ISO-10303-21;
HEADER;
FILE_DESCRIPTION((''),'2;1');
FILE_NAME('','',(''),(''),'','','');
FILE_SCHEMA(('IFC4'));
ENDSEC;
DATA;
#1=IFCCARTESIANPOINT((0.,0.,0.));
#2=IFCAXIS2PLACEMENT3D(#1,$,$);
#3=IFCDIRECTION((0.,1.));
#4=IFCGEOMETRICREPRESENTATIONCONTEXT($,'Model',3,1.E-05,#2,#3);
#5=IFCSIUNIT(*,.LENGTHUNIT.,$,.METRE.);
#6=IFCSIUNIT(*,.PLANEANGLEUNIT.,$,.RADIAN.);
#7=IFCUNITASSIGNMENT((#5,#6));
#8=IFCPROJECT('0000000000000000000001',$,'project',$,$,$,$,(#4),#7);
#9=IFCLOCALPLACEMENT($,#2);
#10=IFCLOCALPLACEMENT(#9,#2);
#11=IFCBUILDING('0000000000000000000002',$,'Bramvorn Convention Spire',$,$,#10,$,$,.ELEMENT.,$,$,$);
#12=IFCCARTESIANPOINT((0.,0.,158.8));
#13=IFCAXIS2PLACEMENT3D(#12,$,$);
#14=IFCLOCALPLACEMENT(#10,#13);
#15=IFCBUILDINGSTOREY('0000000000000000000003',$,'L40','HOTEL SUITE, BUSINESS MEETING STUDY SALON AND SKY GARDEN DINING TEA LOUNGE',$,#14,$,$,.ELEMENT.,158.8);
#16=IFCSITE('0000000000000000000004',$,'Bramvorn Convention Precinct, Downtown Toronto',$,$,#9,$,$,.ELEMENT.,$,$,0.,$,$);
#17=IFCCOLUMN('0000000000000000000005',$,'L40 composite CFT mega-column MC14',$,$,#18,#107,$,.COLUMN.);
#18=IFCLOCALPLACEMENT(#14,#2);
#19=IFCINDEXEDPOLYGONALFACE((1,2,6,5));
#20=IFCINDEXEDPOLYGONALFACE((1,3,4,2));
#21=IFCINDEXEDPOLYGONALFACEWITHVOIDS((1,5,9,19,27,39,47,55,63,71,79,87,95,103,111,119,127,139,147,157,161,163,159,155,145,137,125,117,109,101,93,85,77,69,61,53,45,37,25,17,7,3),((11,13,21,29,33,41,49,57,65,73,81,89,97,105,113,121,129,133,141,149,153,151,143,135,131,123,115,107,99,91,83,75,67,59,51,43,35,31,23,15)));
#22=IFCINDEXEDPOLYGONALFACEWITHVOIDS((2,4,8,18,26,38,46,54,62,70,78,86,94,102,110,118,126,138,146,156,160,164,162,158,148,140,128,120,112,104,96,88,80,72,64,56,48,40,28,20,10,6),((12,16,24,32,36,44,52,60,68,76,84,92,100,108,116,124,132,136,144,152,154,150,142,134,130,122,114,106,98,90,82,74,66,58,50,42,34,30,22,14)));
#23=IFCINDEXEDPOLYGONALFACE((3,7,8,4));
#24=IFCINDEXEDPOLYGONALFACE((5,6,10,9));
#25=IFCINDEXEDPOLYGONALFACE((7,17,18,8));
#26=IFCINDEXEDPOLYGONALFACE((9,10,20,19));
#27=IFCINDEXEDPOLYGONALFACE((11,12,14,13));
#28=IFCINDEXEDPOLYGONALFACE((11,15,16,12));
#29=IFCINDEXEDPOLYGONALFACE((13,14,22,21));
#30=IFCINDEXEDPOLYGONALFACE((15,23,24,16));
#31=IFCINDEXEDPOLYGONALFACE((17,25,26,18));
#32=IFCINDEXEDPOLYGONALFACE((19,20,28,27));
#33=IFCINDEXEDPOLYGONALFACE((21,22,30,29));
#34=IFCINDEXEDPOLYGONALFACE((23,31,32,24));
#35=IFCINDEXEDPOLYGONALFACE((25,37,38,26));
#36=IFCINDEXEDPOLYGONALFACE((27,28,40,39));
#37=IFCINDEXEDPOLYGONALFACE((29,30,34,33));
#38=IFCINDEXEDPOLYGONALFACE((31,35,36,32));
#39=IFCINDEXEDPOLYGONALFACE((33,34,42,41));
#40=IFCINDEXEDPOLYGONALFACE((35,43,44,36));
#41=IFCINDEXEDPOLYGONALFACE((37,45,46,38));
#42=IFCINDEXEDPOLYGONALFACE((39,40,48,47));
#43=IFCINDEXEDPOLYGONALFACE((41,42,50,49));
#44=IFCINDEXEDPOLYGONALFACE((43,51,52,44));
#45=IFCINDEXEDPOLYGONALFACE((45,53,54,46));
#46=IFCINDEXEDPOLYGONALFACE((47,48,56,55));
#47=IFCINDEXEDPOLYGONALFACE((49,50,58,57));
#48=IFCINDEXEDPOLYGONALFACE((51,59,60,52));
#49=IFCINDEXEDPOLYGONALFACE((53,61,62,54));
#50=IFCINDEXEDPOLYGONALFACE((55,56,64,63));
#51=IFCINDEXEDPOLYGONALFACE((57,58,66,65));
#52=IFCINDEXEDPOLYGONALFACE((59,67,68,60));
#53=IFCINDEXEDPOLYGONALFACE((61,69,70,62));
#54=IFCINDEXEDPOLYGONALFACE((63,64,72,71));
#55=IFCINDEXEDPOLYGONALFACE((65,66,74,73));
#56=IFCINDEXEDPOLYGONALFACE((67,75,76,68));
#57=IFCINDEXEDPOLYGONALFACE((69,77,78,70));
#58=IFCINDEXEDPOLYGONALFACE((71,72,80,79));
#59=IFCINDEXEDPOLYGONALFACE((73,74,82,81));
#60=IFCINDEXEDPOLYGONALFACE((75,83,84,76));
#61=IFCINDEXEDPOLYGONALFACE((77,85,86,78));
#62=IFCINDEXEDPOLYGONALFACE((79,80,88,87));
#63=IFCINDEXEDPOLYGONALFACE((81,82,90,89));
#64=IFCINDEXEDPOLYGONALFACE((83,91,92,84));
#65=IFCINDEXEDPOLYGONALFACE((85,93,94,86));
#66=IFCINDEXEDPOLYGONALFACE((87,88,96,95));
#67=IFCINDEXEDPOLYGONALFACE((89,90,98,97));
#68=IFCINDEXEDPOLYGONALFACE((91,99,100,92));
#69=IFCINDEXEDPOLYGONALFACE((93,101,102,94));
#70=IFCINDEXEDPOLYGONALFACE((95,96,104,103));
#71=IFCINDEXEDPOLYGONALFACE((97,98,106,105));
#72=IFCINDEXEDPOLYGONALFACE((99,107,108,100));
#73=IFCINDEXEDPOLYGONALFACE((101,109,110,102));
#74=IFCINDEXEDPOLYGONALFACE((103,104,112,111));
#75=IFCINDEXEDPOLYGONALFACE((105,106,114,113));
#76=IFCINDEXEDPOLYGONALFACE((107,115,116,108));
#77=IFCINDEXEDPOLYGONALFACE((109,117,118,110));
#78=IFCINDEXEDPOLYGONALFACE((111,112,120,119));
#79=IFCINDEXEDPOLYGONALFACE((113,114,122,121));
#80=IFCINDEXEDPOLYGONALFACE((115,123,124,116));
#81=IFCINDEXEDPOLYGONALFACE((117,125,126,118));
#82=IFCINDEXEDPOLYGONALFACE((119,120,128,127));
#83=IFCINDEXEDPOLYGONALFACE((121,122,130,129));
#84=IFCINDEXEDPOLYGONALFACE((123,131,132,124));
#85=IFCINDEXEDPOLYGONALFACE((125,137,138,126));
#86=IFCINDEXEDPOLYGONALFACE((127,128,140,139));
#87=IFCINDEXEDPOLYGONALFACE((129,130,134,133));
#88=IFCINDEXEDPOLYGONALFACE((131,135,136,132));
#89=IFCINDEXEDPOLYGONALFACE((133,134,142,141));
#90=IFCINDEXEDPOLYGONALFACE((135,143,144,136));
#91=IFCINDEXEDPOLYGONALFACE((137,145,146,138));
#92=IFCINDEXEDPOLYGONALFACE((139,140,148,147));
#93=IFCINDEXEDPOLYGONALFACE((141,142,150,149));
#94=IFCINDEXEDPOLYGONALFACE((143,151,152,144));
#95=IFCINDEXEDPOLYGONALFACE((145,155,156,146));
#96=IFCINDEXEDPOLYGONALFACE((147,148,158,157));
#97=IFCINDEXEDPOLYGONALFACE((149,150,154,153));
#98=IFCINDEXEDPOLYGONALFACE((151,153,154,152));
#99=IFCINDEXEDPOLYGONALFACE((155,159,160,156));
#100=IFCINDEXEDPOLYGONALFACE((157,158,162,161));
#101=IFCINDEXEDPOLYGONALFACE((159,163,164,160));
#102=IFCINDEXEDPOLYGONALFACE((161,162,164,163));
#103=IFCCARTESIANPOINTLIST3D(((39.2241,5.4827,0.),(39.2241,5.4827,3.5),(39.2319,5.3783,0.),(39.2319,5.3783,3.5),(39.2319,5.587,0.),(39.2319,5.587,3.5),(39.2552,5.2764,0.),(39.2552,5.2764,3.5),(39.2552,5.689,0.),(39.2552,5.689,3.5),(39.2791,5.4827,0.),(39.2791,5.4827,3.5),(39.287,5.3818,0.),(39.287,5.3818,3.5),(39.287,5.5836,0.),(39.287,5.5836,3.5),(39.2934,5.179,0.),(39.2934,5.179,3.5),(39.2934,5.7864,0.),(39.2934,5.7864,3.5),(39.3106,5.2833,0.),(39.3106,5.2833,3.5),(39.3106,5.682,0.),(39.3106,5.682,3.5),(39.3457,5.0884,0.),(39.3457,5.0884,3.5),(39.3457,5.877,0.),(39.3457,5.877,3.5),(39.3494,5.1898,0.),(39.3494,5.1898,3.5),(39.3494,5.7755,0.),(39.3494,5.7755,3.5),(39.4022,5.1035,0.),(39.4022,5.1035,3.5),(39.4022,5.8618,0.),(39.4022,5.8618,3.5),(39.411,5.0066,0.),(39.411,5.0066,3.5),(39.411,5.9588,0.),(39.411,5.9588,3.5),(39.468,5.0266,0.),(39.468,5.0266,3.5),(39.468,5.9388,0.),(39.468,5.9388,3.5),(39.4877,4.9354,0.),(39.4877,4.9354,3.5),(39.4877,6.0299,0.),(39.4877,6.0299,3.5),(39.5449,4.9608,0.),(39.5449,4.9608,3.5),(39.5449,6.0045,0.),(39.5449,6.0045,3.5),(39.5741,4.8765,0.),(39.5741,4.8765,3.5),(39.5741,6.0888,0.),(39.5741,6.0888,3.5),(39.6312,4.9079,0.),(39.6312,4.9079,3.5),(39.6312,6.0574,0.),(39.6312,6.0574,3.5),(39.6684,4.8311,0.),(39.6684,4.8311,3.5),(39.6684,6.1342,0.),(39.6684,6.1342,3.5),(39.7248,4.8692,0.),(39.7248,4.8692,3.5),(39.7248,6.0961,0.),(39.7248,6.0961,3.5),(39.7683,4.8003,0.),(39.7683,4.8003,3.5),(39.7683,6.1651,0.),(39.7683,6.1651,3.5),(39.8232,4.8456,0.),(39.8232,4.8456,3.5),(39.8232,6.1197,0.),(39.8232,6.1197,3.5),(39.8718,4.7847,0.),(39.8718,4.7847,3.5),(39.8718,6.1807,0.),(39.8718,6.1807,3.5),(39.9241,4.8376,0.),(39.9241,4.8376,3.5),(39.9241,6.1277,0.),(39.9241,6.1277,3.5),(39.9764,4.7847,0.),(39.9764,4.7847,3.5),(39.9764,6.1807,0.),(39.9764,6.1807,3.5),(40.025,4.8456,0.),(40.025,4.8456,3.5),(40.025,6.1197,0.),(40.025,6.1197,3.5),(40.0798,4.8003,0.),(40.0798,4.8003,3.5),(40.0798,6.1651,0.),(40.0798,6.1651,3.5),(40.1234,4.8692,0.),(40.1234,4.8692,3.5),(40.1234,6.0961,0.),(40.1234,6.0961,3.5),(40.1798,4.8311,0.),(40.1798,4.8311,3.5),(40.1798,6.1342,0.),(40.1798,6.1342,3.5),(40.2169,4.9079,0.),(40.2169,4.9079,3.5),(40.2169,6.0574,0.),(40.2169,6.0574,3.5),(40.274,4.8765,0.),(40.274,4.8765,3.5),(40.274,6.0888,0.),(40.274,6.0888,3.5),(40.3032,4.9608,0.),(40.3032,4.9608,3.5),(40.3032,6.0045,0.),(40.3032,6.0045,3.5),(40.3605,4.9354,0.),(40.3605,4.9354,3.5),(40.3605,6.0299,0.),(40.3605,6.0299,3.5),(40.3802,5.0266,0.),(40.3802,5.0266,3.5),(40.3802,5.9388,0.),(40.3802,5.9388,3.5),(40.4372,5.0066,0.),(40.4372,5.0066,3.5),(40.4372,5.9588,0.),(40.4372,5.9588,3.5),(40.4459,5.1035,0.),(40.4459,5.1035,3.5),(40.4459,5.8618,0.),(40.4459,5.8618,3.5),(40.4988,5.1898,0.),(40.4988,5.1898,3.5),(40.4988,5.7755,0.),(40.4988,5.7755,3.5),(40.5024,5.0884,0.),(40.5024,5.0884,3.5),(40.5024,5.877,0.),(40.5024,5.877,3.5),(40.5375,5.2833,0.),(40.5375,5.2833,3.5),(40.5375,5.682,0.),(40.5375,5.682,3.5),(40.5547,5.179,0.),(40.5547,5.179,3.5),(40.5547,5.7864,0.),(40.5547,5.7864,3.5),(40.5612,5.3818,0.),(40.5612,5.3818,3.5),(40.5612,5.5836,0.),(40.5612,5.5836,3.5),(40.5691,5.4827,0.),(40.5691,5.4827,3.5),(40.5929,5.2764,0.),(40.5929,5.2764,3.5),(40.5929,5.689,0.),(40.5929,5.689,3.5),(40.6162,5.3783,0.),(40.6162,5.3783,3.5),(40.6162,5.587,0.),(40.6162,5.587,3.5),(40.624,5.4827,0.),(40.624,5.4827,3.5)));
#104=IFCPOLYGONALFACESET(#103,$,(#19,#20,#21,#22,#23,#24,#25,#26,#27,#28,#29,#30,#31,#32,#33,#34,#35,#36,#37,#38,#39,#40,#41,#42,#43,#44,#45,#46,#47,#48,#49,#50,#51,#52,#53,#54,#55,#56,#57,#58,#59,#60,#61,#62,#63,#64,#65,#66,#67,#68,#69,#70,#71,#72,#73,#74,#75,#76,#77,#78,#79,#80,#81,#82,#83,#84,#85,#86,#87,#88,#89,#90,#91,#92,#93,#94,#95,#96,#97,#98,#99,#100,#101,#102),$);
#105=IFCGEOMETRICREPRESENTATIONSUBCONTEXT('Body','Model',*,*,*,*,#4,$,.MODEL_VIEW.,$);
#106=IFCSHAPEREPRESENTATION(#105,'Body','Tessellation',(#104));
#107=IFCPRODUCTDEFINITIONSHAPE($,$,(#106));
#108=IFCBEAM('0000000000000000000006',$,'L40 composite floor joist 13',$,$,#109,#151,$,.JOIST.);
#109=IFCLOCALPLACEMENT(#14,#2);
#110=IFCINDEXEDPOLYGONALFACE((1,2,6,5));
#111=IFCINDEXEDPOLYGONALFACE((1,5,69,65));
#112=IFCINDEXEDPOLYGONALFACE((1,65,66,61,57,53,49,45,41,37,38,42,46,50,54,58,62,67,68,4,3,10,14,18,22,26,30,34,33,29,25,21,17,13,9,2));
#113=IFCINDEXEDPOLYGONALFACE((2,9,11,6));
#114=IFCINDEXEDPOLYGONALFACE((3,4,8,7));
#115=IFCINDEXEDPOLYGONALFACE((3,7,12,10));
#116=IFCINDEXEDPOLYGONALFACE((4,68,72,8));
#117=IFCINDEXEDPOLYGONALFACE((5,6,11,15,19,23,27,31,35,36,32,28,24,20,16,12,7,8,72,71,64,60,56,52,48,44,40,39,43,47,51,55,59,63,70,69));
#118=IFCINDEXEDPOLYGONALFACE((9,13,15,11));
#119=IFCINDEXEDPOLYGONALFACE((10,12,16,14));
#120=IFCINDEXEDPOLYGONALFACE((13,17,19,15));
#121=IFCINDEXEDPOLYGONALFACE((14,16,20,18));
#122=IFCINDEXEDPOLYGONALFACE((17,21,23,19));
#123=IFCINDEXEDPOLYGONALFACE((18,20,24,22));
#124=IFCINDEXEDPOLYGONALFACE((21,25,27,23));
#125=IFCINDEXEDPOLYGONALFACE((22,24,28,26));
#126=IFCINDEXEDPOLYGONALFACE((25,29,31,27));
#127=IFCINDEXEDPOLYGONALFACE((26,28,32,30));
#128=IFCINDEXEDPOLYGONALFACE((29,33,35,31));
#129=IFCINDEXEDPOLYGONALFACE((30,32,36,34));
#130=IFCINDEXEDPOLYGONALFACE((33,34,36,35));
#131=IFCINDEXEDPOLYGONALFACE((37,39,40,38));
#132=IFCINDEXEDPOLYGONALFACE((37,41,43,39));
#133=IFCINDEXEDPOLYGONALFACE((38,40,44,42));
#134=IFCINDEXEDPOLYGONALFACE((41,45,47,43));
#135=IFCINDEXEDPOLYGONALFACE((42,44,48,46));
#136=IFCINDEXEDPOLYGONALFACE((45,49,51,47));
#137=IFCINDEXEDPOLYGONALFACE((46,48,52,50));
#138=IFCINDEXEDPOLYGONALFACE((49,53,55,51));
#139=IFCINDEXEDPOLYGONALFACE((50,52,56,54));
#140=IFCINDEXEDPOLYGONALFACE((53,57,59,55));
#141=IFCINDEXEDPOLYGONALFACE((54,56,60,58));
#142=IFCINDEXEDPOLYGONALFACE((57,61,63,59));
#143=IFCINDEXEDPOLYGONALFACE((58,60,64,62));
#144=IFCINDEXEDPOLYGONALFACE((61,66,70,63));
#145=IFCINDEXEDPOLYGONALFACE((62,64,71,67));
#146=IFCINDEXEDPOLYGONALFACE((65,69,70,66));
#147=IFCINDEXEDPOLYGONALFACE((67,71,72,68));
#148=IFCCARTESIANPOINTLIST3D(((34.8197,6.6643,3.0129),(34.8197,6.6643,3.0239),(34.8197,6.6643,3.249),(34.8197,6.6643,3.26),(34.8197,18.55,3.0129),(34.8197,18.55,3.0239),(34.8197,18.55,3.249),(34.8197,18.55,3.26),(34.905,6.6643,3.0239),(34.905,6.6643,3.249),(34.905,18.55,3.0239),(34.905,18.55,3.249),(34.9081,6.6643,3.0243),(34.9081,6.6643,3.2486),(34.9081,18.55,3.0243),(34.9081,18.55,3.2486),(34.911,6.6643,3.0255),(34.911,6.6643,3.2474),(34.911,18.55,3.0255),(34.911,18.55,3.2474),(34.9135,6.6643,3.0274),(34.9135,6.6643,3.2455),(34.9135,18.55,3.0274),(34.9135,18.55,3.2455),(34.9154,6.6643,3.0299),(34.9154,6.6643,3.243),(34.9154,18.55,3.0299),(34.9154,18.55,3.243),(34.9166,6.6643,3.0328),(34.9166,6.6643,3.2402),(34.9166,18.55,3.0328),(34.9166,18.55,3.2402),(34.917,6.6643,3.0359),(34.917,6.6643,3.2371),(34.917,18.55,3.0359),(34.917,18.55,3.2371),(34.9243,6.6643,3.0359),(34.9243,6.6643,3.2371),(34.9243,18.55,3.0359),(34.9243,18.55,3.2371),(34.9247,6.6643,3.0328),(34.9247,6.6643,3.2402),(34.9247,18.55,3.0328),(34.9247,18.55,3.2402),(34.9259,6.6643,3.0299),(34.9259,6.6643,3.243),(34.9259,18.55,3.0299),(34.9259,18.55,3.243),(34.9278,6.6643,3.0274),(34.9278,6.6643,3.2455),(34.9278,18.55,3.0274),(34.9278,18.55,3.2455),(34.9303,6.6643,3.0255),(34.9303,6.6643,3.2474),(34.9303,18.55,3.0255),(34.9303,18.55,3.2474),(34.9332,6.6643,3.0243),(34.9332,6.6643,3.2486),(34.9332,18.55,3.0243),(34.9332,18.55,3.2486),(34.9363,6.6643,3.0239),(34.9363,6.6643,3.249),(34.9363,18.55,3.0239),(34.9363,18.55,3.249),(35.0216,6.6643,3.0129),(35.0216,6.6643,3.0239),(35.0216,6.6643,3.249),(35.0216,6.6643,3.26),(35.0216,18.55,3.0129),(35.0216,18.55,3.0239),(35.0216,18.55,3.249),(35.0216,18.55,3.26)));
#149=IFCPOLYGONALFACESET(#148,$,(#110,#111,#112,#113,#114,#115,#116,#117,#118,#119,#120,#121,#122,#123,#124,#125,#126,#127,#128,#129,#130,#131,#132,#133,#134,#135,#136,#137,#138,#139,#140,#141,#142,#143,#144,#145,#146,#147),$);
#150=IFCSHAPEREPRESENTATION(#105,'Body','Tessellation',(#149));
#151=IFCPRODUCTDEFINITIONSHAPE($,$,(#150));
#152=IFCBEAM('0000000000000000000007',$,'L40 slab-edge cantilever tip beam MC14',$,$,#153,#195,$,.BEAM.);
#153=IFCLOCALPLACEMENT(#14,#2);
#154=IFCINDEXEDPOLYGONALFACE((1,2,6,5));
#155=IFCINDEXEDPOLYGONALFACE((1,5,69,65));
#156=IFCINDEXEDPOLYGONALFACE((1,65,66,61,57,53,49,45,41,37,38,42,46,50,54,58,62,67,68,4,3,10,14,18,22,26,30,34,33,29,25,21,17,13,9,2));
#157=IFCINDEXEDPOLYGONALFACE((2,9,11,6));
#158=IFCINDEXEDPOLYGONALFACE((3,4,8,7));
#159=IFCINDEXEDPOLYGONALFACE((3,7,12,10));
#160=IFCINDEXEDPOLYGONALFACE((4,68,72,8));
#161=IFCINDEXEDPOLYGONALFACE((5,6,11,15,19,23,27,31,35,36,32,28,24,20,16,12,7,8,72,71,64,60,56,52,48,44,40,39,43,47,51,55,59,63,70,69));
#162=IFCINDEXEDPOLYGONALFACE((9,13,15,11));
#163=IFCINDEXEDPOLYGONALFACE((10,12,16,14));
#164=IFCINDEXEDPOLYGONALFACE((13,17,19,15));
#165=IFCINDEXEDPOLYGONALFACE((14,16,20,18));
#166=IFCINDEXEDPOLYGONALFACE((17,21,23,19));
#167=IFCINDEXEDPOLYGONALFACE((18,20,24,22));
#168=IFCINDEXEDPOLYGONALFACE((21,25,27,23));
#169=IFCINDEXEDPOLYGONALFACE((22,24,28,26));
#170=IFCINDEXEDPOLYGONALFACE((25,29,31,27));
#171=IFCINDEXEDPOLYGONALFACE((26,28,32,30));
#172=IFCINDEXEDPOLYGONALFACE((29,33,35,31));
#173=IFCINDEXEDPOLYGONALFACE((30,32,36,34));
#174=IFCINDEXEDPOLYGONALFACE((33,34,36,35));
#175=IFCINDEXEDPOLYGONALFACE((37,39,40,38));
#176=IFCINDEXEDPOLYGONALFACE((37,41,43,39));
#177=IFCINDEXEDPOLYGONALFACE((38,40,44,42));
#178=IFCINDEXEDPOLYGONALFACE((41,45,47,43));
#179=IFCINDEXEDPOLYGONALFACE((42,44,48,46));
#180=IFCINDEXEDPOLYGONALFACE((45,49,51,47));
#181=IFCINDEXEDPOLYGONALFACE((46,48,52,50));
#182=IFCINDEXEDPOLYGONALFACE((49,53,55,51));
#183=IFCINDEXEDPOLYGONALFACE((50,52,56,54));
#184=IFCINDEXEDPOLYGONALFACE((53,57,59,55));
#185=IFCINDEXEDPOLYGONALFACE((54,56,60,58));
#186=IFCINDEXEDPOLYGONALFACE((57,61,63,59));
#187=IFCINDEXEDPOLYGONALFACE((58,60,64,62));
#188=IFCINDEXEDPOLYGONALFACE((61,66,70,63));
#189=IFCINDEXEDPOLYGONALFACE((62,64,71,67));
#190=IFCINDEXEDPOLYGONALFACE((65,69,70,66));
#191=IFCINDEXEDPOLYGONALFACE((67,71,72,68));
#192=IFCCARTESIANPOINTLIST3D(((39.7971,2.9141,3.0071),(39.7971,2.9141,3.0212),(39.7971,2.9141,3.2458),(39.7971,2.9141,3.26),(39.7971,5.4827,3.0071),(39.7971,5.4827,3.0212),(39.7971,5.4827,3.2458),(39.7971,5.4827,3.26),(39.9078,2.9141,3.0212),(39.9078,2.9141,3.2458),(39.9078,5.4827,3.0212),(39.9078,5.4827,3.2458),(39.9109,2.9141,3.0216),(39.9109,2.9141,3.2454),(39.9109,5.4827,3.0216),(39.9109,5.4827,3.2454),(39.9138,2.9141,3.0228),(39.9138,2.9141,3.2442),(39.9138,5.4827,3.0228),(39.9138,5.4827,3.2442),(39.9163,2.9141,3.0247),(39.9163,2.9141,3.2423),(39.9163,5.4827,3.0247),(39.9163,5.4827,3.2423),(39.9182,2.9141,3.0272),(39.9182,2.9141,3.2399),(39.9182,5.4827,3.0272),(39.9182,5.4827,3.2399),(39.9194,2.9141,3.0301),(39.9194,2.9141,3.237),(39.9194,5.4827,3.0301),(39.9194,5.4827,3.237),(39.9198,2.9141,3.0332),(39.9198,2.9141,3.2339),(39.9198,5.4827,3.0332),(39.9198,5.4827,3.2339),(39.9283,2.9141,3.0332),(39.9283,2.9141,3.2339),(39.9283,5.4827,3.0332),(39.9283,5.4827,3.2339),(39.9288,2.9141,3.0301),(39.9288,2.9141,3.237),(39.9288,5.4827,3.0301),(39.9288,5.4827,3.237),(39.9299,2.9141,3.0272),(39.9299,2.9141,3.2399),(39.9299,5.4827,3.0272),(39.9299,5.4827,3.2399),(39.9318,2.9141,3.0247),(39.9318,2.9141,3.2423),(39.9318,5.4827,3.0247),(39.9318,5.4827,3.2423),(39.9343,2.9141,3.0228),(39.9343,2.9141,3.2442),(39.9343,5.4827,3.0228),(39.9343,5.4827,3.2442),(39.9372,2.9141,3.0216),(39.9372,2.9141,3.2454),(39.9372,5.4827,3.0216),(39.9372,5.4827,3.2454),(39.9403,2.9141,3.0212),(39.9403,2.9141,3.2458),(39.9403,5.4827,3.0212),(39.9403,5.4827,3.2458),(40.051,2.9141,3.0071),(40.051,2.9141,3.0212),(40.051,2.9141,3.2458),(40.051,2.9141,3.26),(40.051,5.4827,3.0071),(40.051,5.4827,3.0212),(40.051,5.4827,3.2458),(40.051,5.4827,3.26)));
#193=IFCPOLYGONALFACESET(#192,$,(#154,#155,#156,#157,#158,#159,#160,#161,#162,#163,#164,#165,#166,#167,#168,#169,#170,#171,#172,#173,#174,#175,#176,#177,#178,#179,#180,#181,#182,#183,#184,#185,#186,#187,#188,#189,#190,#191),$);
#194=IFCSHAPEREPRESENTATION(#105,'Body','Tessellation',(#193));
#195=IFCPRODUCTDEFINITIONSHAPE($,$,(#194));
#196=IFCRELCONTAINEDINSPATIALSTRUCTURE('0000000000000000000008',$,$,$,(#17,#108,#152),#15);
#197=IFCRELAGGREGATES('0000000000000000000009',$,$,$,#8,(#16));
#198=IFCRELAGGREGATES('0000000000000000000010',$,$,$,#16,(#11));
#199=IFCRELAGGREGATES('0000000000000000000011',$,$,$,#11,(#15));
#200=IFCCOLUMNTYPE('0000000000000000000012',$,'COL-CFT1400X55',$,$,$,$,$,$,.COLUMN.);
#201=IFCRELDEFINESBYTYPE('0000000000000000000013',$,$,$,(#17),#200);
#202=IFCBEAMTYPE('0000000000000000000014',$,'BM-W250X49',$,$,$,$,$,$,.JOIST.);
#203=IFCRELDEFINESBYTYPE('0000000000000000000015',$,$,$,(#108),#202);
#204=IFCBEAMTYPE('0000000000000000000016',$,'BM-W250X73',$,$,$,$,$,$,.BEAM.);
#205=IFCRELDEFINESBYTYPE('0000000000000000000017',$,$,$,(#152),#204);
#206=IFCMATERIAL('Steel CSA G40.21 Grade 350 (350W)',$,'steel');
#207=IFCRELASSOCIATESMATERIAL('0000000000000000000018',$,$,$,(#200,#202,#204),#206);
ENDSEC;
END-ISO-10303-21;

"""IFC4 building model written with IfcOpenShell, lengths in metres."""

from ifc_helpers import new_model, si_unit, direction, frame, origin, origin_2d, place, context, subcontext, project, spatial, hollow_circle, i_section, extrude, material, material_profile, profile_set, type_object, element, save


model = new_model("IFC4")

# Units and contexts
model_context = context("Model", 3, precision=1e-05, world=origin(), true_north=direction((0.0, 1.0)))
body_context = subcontext(model_context, "Body", "Model", "MODEL_VIEW")
ifc_project = project(units=[si_unit("LENGTHUNIT", "METRE"), si_unit("PLANEANGLEUNIT", "RADIAN")], contexts=[model_context])

# Site, building, storey
site_placement = place(None, origin())
site = spatial("IfcSite", under=ifc_project, at=site_placement, Name="Bramvorn Convention Precinct, Downtown Toronto", CompositionType="ELEMENT", RefElevation=0.0)
building_placement = place(site_placement, origin())
building = spatial("IfcBuilding", under=site, at=building_placement, Name="Bramvorn Convention Spire", CompositionType="ELEMENT")
storey_placement = place(building_placement, frame((0.0, 0.0, 158.8)))
storey = spatial("IfcBuildingStorey", under=building, at=storey_placement, Name="L40", Description="HOTEL SUITE, BUSINESS MEETING STUDY SALON AND SKY GARDEN DINING TEA LOUNGE", CompositionType="ELEMENT", Elevation=158.8)

# Column
ifc_material_1 = material(Name="Steel CSA G40.21 Grade 350 (350W)", Category="steel")
ifc_material_profile_1 = material_profile(ifc_material_1, hollow_circle(Radius=0.7, WallThickness=0.0549, at=origin_2d()))
ifc_profile_set_1 = profile_set([ifc_material_profile_1], Name="Steel CSA G40.21 Grade 350 (350W) - CFT1400X55")
column_type = type_object("IfcColumnType", Name="COL-CFT1400X55", PredefinedType="COLUMN", material=ifc_profile_set_1)
column_placement = place(storey_placement, frame((39.9241, 5.4827, 0.0), z_axis=(0.0, 0.0, 1.0), x_axis=(1.0, 0.0, 0.0)))
element("IfcColumn", 1, at=column_placement, inside=storey, type_object=column_type, Name="L40 composite CFT mega-column MC14", PredefinedType="COLUMN", context=body_context, shape_type="SweptSolid", body=[
    extrude(hollow_circle(Radius=0.7, WallThickness=0.0549, at=origin_2d()), origin(), (0.0, 0.0, 1.0), 3.5),
])

# Beams
ifc_material_profile_2 = material_profile(ifc_material_1, i_section(OverallWidth=0.2019, OverallDepth=0.2471, WebThickness=0.0073, FlangeThickness=0.011, FilletRadius=0.012, at=origin_2d()))
ifc_profile_set_2 = profile_set([ifc_material_profile_2], Name="Steel CSA G40.21 Grade 350 (350W) - W250X49")
beam_type_1 = type_object("IfcBeamType", Name="BM-W250X49", PredefinedType="JOIST", material=ifc_profile_set_2)
beam_1_placement = place(storey_placement, frame((34.9207, 18.55, 3.1365), z_axis=(0.0, -1.0, 0.0), x_axis=(1.0, 0.0, 0.0)))
element("IfcBeam", 2, at=beam_1_placement, inside=storey, type_object=beam_type_1, Name="L40 composite floor joist 13", PredefinedType="JOIST", context=body_context, shape_type="SweptSolid", body=[
    extrude(i_section(OverallWidth=0.2019, OverallDepth=0.2471, WebThickness=0.0073, FlangeThickness=0.011, FilletRadius=0.012, at=origin_2d()), origin(), (0.0, 0.0, 1.0), 11.8857),
])
ifc_material_profile_3 = material_profile(ifc_material_1, i_section(OverallWidth=0.2539, OverallDepth=0.2529, WebThickness=0.0085, FlangeThickness=0.0142, FilletRadius=0.012, at=origin_2d()))
ifc_profile_set_3 = profile_set([ifc_material_profile_3], Name="Steel CSA G40.21 Grade 350 (350W) - W250X73")
beam_type_2 = type_object("IfcBeamType", Name="BM-W250X73", PredefinedType="BEAM", material=ifc_profile_set_3)
beam_2_placement = place(storey_placement, frame((39.9241, 5.4827, 3.1335), z_axis=(0.0, -1.0, 0.0), x_axis=(1.0, 0.0, 0.0)))
element("IfcBeam", 3, at=beam_2_placement, inside=storey, type_object=beam_type_2, Name="L40 slab-edge cantilever tip beam MC14", PredefinedType="BEAM", context=body_context, shape_type="SweptSolid", body=[
    extrude(i_section(OverallWidth=0.2539, OverallDepth=0.2529, WebThickness=0.0085, FlangeThickness=0.0142, FilletRadius=0.012, at=origin_2d()), origin(), (0.0, 0.0, 1.0), 2.5686),
])

save(model, "model.ifc")
